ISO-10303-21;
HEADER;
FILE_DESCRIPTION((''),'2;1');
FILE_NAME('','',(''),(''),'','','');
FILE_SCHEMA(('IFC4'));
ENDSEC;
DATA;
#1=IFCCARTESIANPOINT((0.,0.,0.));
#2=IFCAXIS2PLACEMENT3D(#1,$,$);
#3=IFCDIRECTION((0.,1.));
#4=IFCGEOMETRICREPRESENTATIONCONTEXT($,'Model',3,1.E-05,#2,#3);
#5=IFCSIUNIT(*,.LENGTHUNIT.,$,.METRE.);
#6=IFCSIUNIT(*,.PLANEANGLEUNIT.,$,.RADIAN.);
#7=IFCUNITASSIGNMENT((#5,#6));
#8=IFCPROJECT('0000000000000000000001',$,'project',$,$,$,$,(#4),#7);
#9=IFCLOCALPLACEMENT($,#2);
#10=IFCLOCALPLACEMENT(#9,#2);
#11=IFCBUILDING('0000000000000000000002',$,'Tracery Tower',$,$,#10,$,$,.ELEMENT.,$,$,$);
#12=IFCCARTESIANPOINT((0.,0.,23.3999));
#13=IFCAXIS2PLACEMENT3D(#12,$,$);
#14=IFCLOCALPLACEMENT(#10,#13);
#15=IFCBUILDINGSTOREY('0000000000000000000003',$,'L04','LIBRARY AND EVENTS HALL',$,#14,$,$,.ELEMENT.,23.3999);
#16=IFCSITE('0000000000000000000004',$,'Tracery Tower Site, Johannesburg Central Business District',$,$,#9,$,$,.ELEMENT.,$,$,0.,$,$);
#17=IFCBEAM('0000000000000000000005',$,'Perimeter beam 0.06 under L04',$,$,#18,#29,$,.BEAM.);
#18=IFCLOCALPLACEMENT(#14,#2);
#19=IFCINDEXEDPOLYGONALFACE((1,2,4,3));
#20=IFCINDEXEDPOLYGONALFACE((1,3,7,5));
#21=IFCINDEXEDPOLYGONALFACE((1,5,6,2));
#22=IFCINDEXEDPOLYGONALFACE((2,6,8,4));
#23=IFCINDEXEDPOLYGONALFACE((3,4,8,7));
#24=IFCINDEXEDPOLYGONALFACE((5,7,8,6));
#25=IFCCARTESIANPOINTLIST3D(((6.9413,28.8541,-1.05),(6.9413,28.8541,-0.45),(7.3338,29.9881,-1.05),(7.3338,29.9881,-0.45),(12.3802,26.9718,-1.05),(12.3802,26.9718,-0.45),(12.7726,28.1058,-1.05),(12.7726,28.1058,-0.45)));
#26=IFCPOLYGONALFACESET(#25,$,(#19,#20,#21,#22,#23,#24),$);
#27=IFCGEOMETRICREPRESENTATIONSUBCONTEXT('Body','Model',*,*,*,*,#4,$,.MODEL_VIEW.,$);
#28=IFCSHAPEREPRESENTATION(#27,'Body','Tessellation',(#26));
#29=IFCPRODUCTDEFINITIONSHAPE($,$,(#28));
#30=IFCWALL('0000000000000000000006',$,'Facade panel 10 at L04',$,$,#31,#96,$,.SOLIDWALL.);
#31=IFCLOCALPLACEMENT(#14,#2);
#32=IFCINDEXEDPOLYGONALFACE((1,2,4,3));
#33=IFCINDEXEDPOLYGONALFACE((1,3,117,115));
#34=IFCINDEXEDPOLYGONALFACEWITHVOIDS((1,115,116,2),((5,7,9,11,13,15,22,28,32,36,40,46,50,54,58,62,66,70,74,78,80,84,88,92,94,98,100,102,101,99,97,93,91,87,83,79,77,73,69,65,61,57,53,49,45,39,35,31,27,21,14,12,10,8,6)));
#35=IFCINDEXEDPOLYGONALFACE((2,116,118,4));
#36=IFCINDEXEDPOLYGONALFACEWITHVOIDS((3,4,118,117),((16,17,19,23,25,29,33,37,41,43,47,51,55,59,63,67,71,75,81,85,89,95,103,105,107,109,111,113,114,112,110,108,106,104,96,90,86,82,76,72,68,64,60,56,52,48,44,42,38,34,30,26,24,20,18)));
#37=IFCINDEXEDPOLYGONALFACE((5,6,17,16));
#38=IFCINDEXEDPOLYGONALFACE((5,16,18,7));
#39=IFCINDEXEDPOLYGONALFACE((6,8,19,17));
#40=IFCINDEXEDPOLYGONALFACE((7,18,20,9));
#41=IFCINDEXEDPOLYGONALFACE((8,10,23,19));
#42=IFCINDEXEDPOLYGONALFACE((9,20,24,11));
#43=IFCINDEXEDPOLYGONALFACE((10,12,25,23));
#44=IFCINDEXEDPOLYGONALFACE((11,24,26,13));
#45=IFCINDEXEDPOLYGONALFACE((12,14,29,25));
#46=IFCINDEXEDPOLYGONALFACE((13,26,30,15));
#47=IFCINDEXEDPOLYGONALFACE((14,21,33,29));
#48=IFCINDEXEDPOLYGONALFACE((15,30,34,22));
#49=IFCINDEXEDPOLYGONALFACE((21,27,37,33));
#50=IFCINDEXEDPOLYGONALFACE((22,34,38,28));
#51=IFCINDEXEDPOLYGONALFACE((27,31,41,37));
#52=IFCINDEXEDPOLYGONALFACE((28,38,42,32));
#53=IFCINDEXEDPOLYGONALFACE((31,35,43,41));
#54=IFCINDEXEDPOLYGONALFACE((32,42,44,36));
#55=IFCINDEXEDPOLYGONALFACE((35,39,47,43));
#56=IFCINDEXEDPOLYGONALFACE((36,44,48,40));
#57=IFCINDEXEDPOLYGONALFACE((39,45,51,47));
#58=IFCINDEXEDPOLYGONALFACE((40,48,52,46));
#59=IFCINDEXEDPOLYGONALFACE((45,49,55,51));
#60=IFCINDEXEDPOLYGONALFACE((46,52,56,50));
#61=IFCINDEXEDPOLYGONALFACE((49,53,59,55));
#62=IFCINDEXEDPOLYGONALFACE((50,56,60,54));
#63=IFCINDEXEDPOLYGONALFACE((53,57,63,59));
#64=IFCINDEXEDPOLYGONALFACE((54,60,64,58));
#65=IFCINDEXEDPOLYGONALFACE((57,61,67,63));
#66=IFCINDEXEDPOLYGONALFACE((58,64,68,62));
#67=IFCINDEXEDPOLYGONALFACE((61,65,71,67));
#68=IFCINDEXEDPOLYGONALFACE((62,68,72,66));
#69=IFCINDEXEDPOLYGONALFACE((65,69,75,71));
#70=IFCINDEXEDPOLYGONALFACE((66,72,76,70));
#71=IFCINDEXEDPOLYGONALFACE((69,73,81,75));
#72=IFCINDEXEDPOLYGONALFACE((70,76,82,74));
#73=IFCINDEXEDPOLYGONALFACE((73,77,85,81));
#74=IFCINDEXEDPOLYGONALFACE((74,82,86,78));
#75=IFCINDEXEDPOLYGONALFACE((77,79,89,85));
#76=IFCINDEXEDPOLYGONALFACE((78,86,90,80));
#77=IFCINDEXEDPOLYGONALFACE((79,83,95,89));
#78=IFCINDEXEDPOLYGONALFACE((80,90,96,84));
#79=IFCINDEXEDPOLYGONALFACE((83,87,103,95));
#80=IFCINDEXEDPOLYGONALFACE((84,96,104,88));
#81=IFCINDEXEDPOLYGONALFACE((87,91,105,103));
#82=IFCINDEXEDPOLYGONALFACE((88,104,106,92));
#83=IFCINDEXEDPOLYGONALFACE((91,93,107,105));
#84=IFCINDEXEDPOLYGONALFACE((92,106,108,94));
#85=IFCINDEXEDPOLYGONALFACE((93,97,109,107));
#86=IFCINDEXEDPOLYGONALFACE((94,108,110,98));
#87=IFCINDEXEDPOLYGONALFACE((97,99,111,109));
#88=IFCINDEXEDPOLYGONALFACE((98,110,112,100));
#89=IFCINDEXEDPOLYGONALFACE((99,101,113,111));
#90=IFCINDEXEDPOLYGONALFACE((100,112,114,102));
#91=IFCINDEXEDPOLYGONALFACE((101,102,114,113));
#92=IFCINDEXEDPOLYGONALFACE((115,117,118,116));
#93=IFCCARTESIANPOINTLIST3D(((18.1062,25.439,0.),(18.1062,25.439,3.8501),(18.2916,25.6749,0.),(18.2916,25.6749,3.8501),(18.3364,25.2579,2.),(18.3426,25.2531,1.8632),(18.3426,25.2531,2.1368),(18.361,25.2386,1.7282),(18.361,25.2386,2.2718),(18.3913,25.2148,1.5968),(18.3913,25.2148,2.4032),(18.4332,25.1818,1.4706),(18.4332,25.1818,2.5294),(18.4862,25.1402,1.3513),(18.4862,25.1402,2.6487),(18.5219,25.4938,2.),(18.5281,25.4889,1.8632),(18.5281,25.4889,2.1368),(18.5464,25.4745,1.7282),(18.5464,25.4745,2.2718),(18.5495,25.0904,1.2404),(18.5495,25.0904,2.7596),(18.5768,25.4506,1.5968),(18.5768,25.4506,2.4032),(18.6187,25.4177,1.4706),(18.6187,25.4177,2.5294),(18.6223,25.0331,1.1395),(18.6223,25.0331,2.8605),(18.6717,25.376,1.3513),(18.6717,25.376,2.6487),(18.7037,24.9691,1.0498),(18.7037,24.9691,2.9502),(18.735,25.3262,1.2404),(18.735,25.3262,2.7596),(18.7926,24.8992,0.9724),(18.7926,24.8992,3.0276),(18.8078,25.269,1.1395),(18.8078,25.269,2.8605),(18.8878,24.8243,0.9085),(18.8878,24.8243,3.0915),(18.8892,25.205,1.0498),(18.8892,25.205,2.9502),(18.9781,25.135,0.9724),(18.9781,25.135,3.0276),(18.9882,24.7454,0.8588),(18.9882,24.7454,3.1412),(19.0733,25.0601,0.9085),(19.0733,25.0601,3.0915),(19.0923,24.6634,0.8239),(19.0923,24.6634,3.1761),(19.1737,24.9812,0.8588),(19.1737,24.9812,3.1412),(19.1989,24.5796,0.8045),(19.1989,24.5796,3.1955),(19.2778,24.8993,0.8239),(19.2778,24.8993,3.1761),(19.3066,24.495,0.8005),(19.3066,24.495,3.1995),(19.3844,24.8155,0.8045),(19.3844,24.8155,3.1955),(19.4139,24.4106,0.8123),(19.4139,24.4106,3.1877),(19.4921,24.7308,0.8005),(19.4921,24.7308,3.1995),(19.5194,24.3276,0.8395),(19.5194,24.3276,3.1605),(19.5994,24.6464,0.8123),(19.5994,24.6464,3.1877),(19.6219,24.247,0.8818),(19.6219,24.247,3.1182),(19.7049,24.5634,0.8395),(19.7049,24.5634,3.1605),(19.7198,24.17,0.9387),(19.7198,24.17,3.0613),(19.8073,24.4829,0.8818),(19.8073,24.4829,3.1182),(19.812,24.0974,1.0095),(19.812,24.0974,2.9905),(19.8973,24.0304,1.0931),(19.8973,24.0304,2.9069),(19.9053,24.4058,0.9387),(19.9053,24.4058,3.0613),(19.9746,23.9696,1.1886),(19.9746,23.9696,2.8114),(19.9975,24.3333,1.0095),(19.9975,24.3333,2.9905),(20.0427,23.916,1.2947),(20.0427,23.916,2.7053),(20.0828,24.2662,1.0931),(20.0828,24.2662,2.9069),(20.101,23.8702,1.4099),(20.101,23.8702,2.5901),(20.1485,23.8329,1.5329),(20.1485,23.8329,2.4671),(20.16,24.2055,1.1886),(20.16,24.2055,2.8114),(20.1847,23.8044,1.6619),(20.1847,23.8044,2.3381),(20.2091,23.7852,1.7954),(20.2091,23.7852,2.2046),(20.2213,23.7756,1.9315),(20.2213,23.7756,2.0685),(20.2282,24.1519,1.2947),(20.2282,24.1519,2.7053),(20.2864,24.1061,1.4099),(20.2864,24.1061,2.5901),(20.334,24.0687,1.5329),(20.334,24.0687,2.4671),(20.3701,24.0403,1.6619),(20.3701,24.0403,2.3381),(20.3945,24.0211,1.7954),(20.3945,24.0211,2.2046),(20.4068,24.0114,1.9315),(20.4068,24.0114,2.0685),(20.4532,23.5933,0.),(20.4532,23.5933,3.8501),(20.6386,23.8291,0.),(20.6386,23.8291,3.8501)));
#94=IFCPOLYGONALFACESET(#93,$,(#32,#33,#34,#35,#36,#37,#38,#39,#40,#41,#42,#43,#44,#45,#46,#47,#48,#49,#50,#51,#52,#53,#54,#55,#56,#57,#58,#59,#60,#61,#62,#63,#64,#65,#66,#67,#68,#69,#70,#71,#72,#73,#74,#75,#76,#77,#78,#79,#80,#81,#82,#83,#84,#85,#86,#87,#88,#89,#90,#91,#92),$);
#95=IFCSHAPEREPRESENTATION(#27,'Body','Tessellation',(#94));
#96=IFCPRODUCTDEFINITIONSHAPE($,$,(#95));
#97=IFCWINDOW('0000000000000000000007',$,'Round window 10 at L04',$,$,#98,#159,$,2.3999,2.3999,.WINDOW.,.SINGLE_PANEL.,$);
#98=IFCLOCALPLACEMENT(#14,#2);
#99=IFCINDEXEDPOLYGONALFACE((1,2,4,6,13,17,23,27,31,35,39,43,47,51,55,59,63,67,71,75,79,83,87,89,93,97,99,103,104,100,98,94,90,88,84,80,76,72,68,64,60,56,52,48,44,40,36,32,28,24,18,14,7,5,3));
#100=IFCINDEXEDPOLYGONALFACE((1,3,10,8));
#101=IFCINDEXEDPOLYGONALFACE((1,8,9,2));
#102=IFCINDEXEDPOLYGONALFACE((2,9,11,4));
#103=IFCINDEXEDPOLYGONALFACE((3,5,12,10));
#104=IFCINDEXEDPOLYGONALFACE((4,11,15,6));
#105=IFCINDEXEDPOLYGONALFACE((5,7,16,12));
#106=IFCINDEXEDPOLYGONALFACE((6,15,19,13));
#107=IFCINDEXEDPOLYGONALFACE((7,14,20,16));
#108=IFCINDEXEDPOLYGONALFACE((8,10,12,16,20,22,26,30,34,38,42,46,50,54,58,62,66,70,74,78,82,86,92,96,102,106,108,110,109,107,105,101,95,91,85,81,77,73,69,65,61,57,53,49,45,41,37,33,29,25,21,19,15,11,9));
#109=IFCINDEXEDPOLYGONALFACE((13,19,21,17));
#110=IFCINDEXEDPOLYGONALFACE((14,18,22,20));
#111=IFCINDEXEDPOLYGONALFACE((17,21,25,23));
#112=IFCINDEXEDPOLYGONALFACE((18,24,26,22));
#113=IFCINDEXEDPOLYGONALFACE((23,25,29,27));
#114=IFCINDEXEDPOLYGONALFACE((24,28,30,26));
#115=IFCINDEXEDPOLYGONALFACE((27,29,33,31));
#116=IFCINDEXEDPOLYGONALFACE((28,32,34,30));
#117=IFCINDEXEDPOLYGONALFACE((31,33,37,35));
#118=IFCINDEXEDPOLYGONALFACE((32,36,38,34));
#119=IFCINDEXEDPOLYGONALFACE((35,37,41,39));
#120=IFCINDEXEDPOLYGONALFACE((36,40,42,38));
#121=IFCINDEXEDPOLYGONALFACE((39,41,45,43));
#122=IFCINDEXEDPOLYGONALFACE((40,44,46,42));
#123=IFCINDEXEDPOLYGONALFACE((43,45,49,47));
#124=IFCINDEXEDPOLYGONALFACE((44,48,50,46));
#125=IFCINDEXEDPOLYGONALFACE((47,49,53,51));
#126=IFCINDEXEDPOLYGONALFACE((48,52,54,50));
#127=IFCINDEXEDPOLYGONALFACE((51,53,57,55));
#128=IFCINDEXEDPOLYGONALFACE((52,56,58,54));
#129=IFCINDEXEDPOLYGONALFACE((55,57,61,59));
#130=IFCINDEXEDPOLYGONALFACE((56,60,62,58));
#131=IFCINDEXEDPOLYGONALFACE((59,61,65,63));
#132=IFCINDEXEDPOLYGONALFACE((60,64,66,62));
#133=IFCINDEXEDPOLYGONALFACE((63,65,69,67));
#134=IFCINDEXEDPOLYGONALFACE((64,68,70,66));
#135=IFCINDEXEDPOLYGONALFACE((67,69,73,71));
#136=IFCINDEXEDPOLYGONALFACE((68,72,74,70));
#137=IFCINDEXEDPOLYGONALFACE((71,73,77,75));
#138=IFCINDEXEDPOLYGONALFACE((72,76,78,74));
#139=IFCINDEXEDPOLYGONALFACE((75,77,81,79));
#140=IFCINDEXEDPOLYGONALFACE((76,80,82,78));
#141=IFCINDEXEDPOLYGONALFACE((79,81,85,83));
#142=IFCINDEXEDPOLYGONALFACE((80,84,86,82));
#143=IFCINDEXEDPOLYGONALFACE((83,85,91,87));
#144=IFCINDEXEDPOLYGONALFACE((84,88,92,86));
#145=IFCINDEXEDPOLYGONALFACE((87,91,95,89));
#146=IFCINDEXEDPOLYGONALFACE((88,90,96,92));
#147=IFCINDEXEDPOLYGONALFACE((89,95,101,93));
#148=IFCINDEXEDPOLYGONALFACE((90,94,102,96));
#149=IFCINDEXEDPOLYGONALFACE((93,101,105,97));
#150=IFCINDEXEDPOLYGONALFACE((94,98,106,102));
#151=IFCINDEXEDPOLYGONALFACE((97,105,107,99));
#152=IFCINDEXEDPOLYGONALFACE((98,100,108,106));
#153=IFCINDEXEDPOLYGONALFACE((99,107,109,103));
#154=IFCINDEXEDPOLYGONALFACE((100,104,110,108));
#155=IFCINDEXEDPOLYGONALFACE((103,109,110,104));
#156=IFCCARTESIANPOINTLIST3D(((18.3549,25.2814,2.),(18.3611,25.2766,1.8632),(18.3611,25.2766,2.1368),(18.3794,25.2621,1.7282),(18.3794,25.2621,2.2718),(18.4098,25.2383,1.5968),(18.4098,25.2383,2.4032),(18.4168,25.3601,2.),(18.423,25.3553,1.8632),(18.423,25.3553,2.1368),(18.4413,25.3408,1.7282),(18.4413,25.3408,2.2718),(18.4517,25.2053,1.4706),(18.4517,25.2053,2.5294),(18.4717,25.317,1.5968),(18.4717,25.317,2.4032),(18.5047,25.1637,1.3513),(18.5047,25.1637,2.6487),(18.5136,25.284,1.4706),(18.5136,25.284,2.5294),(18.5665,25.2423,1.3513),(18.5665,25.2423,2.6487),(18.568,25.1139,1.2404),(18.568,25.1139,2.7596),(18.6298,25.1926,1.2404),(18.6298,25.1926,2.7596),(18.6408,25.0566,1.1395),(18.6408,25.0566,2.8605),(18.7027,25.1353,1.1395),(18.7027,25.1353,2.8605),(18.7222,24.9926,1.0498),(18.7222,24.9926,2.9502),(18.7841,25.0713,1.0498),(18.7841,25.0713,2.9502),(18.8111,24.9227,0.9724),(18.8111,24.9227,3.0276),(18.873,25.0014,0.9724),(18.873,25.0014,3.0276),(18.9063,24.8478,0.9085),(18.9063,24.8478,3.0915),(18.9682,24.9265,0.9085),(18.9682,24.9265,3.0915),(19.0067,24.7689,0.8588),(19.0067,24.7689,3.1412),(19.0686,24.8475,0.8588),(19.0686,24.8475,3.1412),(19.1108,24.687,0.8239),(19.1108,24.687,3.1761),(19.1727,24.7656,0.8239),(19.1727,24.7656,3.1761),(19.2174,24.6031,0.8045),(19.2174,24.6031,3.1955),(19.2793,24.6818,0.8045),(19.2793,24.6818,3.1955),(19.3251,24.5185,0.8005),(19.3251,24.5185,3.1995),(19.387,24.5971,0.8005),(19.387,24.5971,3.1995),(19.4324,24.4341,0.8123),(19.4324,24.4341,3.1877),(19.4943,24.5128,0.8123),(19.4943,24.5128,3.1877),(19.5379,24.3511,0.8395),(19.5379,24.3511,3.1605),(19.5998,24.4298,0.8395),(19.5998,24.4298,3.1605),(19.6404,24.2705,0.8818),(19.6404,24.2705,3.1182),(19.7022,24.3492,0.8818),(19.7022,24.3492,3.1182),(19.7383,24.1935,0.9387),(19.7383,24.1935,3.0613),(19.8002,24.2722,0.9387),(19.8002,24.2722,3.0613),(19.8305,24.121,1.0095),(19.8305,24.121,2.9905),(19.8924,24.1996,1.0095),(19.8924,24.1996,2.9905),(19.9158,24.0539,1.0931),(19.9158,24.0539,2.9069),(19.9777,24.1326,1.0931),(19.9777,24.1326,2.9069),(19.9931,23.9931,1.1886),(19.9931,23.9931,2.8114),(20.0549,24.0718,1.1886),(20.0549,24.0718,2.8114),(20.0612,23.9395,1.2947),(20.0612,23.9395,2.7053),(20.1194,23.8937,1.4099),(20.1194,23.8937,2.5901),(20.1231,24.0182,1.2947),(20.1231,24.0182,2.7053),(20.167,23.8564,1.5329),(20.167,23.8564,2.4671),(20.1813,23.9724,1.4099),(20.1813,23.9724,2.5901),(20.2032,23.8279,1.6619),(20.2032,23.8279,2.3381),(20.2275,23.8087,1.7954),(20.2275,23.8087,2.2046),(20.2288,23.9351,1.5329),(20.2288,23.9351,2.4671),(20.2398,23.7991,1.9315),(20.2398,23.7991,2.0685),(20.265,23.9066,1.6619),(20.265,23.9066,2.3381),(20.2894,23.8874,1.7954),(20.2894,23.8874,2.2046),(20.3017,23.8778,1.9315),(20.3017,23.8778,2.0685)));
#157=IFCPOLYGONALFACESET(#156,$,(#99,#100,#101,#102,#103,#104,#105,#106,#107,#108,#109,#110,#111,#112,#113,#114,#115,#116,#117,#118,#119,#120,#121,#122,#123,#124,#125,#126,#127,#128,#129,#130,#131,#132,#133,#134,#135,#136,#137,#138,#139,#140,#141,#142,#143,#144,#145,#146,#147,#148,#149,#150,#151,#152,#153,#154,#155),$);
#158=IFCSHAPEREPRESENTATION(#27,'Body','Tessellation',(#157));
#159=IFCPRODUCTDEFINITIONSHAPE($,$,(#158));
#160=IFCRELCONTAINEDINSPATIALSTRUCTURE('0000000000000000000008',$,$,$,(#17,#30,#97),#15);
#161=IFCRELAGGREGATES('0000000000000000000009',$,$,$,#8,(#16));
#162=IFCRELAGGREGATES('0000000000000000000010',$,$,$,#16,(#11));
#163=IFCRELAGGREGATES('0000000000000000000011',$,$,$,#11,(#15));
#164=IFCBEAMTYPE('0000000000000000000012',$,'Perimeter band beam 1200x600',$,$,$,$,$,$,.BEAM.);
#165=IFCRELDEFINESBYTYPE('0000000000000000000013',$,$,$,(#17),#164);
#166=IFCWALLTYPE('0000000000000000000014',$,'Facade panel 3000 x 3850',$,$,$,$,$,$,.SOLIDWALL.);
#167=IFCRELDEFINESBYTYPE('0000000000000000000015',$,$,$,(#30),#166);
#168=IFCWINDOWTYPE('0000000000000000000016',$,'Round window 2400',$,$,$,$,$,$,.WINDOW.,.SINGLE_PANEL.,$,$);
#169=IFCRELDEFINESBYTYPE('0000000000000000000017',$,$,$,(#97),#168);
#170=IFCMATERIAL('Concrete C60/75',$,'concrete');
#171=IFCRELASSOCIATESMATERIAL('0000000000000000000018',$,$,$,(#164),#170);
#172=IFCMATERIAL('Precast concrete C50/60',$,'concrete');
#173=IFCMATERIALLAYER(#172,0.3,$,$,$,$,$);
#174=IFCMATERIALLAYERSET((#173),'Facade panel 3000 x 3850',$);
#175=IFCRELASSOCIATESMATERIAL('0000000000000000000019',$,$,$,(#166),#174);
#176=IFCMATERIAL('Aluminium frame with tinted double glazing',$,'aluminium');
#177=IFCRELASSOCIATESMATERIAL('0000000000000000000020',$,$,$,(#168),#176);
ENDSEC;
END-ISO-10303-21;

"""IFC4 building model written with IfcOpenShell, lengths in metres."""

from ifc_helpers import new_model, si_unit, direction, frame, frame_2d, origin, origin_2d, place, context, subcontext, project, spatial, rectangle, circle, extrude, material, layer, layer_set, material_profile, profile_set, type_object, element, fill, save


model = new_model("IFC4")

# Units and contexts
model_context = context("Model", 3, precision=1e-05, world=origin(), true_north=direction((0.0, 1.0)))
body_context = subcontext(model_context, "Body", "Model", "MODEL_VIEW")
ifc_project = project(units=[si_unit("LENGTHUNIT", "METRE"), si_unit("PLANEANGLEUNIT", "RADIAN")], contexts=[model_context])

# Site, building, storey
site_placement = place(None, origin())
site = spatial("IfcSite", under=ifc_project, at=site_placement, Name="Tracery Tower Site, Johannesburg Central Business District", CompositionType="ELEMENT", RefElevation=0.0)
building_placement = place(site_placement, origin())
building = spatial("IfcBuilding", under=site, at=building_placement, Name="Tracery Tower", CompositionType="ELEMENT")
storey_placement = place(building_placement, frame((0.0, 0.0, 23.3999)))
storey = spatial("IfcBuildingStorey", under=building, at=storey_placement, Name="L04", Description="LIBRARY AND EVENTS HALL", CompositionType="ELEMENT", Elevation=23.3999)

# Beam
ifc_material_1 = material(Name="Concrete C60/75", Category="concrete")
ifc_material_profile_1 = material_profile(ifc_material_1, rectangle(XDim=1.2, YDim=0.6001, at=origin_2d()), Name="RC 1200x600")
ifc_profile_set_1 = profile_set([ifc_material_profile_1], Name="Concrete C60/75")
beam_type = type_object("IfcBeamType", Name="Perimeter band beam 1200x600", PredefinedType="BEAM", material=ifc_profile_set_1)
beam_1_placement = place(storey_placement, frame((12.5764, 27.5388, -0.75), z_axis=(-0.945007, 0.327049, 0.0), x_axis=(-0.327049, -0.945007, 0.0)))
element("IfcBeam", 1, at=beam_1_placement, inside=storey, type_object=beam_type, Name="Perimeter beam 0.06 under L04", PredefinedType="BEAM", context=body_context, shape_type="SweptSolid", body=[
    extrude(rectangle(XDim=1.2, YDim=0.6001, at=origin_2d()), origin(), (0.0, 0.0, 1.0), 5.7554),
])

# Wall, opening, window
ifc_material_2 = material(Name="Precast concrete C50/60", Category="concrete")
ifc_layer_1 = layer(ifc_material_2, 0.3)
ifc_layer_set_1 = layer_set([ifc_layer_1], Name="Facade panel 3000 x 3850")
wall_type_1 = type_object("IfcWallType", Name="Facade panel 3000 x 3850", PredefinedType="SOLIDWALL", material=ifc_layer_set_1)
wall_1_placement = place(storey_placement, frame((20.5459, 23.7112, 0.0), z_axis=(0.0, 0.0, 1.0), x_axis=(-0.786043, 0.618172, 0.0)))
wall_1 = element("IfcWall", 2, at=wall_1_placement, inside=storey, type_object=wall_type_1, Name="Facade panel 10 at L04", PredefinedType="SOLIDWALL", context=body_context, shape_type="SweptSolid", body=[
    extrude(rectangle(XDim=2.9858, YDim=0.3, at=frame_2d((1.4929, 0.0))), origin(), (0.0, 0.0, 1.0), 3.8501),
])
opening_1_placement = place(wall_1_placement, frame((1.4929, 0.0, 2.0)))
opening_1 = element("IfcOpeningElement", 3, at=opening_1_placement, cuts=wall_1, PredefinedType="OPENING", context=body_context, shape_type="SweptSolid", body=[
    extrude(circle(Radius=1.2, at=origin_2d()), frame((0.0, 0.1599, 0.0), z_axis=(0.0, -1.0, 0.0), x_axis=(1.0, 0.0, 0.0)), (0.0, 0.0, 1.0), 0.3201),
])
ifc_material_3 = material(Name="Aluminium frame with tinted double glazing", Category="aluminium")
window_type = type_object("IfcWindowType", Name="Round window 2400", PartitioningType="SINGLE_PANEL", PredefinedType="WINDOW", material=ifc_material_3)
window_1_placement = place(opening_1_placement, origin())
window_1 = element("IfcWindow", 4, at=window_1_placement, inside=storey, type_object=window_type, Name="Round window 10 at L04", OverallHeight=2.3999, OverallWidth=2.3999, PartitioningType="SINGLE_PANEL", PredefinedType="WINDOW", context=body_context, shape_type="SweptSolid", body=[
    extrude(circle(Radius=1.2, at=origin_2d()), frame((0.0, 0.1201, 0.0), z_axis=(0.0, -1.0, 0.0), x_axis=(1.0, 0.0, 0.0)), (0.0, 0.0, 1.0), 0.1001),
])
fill(opening_1, window_1)

save(model, "model.ifc")
